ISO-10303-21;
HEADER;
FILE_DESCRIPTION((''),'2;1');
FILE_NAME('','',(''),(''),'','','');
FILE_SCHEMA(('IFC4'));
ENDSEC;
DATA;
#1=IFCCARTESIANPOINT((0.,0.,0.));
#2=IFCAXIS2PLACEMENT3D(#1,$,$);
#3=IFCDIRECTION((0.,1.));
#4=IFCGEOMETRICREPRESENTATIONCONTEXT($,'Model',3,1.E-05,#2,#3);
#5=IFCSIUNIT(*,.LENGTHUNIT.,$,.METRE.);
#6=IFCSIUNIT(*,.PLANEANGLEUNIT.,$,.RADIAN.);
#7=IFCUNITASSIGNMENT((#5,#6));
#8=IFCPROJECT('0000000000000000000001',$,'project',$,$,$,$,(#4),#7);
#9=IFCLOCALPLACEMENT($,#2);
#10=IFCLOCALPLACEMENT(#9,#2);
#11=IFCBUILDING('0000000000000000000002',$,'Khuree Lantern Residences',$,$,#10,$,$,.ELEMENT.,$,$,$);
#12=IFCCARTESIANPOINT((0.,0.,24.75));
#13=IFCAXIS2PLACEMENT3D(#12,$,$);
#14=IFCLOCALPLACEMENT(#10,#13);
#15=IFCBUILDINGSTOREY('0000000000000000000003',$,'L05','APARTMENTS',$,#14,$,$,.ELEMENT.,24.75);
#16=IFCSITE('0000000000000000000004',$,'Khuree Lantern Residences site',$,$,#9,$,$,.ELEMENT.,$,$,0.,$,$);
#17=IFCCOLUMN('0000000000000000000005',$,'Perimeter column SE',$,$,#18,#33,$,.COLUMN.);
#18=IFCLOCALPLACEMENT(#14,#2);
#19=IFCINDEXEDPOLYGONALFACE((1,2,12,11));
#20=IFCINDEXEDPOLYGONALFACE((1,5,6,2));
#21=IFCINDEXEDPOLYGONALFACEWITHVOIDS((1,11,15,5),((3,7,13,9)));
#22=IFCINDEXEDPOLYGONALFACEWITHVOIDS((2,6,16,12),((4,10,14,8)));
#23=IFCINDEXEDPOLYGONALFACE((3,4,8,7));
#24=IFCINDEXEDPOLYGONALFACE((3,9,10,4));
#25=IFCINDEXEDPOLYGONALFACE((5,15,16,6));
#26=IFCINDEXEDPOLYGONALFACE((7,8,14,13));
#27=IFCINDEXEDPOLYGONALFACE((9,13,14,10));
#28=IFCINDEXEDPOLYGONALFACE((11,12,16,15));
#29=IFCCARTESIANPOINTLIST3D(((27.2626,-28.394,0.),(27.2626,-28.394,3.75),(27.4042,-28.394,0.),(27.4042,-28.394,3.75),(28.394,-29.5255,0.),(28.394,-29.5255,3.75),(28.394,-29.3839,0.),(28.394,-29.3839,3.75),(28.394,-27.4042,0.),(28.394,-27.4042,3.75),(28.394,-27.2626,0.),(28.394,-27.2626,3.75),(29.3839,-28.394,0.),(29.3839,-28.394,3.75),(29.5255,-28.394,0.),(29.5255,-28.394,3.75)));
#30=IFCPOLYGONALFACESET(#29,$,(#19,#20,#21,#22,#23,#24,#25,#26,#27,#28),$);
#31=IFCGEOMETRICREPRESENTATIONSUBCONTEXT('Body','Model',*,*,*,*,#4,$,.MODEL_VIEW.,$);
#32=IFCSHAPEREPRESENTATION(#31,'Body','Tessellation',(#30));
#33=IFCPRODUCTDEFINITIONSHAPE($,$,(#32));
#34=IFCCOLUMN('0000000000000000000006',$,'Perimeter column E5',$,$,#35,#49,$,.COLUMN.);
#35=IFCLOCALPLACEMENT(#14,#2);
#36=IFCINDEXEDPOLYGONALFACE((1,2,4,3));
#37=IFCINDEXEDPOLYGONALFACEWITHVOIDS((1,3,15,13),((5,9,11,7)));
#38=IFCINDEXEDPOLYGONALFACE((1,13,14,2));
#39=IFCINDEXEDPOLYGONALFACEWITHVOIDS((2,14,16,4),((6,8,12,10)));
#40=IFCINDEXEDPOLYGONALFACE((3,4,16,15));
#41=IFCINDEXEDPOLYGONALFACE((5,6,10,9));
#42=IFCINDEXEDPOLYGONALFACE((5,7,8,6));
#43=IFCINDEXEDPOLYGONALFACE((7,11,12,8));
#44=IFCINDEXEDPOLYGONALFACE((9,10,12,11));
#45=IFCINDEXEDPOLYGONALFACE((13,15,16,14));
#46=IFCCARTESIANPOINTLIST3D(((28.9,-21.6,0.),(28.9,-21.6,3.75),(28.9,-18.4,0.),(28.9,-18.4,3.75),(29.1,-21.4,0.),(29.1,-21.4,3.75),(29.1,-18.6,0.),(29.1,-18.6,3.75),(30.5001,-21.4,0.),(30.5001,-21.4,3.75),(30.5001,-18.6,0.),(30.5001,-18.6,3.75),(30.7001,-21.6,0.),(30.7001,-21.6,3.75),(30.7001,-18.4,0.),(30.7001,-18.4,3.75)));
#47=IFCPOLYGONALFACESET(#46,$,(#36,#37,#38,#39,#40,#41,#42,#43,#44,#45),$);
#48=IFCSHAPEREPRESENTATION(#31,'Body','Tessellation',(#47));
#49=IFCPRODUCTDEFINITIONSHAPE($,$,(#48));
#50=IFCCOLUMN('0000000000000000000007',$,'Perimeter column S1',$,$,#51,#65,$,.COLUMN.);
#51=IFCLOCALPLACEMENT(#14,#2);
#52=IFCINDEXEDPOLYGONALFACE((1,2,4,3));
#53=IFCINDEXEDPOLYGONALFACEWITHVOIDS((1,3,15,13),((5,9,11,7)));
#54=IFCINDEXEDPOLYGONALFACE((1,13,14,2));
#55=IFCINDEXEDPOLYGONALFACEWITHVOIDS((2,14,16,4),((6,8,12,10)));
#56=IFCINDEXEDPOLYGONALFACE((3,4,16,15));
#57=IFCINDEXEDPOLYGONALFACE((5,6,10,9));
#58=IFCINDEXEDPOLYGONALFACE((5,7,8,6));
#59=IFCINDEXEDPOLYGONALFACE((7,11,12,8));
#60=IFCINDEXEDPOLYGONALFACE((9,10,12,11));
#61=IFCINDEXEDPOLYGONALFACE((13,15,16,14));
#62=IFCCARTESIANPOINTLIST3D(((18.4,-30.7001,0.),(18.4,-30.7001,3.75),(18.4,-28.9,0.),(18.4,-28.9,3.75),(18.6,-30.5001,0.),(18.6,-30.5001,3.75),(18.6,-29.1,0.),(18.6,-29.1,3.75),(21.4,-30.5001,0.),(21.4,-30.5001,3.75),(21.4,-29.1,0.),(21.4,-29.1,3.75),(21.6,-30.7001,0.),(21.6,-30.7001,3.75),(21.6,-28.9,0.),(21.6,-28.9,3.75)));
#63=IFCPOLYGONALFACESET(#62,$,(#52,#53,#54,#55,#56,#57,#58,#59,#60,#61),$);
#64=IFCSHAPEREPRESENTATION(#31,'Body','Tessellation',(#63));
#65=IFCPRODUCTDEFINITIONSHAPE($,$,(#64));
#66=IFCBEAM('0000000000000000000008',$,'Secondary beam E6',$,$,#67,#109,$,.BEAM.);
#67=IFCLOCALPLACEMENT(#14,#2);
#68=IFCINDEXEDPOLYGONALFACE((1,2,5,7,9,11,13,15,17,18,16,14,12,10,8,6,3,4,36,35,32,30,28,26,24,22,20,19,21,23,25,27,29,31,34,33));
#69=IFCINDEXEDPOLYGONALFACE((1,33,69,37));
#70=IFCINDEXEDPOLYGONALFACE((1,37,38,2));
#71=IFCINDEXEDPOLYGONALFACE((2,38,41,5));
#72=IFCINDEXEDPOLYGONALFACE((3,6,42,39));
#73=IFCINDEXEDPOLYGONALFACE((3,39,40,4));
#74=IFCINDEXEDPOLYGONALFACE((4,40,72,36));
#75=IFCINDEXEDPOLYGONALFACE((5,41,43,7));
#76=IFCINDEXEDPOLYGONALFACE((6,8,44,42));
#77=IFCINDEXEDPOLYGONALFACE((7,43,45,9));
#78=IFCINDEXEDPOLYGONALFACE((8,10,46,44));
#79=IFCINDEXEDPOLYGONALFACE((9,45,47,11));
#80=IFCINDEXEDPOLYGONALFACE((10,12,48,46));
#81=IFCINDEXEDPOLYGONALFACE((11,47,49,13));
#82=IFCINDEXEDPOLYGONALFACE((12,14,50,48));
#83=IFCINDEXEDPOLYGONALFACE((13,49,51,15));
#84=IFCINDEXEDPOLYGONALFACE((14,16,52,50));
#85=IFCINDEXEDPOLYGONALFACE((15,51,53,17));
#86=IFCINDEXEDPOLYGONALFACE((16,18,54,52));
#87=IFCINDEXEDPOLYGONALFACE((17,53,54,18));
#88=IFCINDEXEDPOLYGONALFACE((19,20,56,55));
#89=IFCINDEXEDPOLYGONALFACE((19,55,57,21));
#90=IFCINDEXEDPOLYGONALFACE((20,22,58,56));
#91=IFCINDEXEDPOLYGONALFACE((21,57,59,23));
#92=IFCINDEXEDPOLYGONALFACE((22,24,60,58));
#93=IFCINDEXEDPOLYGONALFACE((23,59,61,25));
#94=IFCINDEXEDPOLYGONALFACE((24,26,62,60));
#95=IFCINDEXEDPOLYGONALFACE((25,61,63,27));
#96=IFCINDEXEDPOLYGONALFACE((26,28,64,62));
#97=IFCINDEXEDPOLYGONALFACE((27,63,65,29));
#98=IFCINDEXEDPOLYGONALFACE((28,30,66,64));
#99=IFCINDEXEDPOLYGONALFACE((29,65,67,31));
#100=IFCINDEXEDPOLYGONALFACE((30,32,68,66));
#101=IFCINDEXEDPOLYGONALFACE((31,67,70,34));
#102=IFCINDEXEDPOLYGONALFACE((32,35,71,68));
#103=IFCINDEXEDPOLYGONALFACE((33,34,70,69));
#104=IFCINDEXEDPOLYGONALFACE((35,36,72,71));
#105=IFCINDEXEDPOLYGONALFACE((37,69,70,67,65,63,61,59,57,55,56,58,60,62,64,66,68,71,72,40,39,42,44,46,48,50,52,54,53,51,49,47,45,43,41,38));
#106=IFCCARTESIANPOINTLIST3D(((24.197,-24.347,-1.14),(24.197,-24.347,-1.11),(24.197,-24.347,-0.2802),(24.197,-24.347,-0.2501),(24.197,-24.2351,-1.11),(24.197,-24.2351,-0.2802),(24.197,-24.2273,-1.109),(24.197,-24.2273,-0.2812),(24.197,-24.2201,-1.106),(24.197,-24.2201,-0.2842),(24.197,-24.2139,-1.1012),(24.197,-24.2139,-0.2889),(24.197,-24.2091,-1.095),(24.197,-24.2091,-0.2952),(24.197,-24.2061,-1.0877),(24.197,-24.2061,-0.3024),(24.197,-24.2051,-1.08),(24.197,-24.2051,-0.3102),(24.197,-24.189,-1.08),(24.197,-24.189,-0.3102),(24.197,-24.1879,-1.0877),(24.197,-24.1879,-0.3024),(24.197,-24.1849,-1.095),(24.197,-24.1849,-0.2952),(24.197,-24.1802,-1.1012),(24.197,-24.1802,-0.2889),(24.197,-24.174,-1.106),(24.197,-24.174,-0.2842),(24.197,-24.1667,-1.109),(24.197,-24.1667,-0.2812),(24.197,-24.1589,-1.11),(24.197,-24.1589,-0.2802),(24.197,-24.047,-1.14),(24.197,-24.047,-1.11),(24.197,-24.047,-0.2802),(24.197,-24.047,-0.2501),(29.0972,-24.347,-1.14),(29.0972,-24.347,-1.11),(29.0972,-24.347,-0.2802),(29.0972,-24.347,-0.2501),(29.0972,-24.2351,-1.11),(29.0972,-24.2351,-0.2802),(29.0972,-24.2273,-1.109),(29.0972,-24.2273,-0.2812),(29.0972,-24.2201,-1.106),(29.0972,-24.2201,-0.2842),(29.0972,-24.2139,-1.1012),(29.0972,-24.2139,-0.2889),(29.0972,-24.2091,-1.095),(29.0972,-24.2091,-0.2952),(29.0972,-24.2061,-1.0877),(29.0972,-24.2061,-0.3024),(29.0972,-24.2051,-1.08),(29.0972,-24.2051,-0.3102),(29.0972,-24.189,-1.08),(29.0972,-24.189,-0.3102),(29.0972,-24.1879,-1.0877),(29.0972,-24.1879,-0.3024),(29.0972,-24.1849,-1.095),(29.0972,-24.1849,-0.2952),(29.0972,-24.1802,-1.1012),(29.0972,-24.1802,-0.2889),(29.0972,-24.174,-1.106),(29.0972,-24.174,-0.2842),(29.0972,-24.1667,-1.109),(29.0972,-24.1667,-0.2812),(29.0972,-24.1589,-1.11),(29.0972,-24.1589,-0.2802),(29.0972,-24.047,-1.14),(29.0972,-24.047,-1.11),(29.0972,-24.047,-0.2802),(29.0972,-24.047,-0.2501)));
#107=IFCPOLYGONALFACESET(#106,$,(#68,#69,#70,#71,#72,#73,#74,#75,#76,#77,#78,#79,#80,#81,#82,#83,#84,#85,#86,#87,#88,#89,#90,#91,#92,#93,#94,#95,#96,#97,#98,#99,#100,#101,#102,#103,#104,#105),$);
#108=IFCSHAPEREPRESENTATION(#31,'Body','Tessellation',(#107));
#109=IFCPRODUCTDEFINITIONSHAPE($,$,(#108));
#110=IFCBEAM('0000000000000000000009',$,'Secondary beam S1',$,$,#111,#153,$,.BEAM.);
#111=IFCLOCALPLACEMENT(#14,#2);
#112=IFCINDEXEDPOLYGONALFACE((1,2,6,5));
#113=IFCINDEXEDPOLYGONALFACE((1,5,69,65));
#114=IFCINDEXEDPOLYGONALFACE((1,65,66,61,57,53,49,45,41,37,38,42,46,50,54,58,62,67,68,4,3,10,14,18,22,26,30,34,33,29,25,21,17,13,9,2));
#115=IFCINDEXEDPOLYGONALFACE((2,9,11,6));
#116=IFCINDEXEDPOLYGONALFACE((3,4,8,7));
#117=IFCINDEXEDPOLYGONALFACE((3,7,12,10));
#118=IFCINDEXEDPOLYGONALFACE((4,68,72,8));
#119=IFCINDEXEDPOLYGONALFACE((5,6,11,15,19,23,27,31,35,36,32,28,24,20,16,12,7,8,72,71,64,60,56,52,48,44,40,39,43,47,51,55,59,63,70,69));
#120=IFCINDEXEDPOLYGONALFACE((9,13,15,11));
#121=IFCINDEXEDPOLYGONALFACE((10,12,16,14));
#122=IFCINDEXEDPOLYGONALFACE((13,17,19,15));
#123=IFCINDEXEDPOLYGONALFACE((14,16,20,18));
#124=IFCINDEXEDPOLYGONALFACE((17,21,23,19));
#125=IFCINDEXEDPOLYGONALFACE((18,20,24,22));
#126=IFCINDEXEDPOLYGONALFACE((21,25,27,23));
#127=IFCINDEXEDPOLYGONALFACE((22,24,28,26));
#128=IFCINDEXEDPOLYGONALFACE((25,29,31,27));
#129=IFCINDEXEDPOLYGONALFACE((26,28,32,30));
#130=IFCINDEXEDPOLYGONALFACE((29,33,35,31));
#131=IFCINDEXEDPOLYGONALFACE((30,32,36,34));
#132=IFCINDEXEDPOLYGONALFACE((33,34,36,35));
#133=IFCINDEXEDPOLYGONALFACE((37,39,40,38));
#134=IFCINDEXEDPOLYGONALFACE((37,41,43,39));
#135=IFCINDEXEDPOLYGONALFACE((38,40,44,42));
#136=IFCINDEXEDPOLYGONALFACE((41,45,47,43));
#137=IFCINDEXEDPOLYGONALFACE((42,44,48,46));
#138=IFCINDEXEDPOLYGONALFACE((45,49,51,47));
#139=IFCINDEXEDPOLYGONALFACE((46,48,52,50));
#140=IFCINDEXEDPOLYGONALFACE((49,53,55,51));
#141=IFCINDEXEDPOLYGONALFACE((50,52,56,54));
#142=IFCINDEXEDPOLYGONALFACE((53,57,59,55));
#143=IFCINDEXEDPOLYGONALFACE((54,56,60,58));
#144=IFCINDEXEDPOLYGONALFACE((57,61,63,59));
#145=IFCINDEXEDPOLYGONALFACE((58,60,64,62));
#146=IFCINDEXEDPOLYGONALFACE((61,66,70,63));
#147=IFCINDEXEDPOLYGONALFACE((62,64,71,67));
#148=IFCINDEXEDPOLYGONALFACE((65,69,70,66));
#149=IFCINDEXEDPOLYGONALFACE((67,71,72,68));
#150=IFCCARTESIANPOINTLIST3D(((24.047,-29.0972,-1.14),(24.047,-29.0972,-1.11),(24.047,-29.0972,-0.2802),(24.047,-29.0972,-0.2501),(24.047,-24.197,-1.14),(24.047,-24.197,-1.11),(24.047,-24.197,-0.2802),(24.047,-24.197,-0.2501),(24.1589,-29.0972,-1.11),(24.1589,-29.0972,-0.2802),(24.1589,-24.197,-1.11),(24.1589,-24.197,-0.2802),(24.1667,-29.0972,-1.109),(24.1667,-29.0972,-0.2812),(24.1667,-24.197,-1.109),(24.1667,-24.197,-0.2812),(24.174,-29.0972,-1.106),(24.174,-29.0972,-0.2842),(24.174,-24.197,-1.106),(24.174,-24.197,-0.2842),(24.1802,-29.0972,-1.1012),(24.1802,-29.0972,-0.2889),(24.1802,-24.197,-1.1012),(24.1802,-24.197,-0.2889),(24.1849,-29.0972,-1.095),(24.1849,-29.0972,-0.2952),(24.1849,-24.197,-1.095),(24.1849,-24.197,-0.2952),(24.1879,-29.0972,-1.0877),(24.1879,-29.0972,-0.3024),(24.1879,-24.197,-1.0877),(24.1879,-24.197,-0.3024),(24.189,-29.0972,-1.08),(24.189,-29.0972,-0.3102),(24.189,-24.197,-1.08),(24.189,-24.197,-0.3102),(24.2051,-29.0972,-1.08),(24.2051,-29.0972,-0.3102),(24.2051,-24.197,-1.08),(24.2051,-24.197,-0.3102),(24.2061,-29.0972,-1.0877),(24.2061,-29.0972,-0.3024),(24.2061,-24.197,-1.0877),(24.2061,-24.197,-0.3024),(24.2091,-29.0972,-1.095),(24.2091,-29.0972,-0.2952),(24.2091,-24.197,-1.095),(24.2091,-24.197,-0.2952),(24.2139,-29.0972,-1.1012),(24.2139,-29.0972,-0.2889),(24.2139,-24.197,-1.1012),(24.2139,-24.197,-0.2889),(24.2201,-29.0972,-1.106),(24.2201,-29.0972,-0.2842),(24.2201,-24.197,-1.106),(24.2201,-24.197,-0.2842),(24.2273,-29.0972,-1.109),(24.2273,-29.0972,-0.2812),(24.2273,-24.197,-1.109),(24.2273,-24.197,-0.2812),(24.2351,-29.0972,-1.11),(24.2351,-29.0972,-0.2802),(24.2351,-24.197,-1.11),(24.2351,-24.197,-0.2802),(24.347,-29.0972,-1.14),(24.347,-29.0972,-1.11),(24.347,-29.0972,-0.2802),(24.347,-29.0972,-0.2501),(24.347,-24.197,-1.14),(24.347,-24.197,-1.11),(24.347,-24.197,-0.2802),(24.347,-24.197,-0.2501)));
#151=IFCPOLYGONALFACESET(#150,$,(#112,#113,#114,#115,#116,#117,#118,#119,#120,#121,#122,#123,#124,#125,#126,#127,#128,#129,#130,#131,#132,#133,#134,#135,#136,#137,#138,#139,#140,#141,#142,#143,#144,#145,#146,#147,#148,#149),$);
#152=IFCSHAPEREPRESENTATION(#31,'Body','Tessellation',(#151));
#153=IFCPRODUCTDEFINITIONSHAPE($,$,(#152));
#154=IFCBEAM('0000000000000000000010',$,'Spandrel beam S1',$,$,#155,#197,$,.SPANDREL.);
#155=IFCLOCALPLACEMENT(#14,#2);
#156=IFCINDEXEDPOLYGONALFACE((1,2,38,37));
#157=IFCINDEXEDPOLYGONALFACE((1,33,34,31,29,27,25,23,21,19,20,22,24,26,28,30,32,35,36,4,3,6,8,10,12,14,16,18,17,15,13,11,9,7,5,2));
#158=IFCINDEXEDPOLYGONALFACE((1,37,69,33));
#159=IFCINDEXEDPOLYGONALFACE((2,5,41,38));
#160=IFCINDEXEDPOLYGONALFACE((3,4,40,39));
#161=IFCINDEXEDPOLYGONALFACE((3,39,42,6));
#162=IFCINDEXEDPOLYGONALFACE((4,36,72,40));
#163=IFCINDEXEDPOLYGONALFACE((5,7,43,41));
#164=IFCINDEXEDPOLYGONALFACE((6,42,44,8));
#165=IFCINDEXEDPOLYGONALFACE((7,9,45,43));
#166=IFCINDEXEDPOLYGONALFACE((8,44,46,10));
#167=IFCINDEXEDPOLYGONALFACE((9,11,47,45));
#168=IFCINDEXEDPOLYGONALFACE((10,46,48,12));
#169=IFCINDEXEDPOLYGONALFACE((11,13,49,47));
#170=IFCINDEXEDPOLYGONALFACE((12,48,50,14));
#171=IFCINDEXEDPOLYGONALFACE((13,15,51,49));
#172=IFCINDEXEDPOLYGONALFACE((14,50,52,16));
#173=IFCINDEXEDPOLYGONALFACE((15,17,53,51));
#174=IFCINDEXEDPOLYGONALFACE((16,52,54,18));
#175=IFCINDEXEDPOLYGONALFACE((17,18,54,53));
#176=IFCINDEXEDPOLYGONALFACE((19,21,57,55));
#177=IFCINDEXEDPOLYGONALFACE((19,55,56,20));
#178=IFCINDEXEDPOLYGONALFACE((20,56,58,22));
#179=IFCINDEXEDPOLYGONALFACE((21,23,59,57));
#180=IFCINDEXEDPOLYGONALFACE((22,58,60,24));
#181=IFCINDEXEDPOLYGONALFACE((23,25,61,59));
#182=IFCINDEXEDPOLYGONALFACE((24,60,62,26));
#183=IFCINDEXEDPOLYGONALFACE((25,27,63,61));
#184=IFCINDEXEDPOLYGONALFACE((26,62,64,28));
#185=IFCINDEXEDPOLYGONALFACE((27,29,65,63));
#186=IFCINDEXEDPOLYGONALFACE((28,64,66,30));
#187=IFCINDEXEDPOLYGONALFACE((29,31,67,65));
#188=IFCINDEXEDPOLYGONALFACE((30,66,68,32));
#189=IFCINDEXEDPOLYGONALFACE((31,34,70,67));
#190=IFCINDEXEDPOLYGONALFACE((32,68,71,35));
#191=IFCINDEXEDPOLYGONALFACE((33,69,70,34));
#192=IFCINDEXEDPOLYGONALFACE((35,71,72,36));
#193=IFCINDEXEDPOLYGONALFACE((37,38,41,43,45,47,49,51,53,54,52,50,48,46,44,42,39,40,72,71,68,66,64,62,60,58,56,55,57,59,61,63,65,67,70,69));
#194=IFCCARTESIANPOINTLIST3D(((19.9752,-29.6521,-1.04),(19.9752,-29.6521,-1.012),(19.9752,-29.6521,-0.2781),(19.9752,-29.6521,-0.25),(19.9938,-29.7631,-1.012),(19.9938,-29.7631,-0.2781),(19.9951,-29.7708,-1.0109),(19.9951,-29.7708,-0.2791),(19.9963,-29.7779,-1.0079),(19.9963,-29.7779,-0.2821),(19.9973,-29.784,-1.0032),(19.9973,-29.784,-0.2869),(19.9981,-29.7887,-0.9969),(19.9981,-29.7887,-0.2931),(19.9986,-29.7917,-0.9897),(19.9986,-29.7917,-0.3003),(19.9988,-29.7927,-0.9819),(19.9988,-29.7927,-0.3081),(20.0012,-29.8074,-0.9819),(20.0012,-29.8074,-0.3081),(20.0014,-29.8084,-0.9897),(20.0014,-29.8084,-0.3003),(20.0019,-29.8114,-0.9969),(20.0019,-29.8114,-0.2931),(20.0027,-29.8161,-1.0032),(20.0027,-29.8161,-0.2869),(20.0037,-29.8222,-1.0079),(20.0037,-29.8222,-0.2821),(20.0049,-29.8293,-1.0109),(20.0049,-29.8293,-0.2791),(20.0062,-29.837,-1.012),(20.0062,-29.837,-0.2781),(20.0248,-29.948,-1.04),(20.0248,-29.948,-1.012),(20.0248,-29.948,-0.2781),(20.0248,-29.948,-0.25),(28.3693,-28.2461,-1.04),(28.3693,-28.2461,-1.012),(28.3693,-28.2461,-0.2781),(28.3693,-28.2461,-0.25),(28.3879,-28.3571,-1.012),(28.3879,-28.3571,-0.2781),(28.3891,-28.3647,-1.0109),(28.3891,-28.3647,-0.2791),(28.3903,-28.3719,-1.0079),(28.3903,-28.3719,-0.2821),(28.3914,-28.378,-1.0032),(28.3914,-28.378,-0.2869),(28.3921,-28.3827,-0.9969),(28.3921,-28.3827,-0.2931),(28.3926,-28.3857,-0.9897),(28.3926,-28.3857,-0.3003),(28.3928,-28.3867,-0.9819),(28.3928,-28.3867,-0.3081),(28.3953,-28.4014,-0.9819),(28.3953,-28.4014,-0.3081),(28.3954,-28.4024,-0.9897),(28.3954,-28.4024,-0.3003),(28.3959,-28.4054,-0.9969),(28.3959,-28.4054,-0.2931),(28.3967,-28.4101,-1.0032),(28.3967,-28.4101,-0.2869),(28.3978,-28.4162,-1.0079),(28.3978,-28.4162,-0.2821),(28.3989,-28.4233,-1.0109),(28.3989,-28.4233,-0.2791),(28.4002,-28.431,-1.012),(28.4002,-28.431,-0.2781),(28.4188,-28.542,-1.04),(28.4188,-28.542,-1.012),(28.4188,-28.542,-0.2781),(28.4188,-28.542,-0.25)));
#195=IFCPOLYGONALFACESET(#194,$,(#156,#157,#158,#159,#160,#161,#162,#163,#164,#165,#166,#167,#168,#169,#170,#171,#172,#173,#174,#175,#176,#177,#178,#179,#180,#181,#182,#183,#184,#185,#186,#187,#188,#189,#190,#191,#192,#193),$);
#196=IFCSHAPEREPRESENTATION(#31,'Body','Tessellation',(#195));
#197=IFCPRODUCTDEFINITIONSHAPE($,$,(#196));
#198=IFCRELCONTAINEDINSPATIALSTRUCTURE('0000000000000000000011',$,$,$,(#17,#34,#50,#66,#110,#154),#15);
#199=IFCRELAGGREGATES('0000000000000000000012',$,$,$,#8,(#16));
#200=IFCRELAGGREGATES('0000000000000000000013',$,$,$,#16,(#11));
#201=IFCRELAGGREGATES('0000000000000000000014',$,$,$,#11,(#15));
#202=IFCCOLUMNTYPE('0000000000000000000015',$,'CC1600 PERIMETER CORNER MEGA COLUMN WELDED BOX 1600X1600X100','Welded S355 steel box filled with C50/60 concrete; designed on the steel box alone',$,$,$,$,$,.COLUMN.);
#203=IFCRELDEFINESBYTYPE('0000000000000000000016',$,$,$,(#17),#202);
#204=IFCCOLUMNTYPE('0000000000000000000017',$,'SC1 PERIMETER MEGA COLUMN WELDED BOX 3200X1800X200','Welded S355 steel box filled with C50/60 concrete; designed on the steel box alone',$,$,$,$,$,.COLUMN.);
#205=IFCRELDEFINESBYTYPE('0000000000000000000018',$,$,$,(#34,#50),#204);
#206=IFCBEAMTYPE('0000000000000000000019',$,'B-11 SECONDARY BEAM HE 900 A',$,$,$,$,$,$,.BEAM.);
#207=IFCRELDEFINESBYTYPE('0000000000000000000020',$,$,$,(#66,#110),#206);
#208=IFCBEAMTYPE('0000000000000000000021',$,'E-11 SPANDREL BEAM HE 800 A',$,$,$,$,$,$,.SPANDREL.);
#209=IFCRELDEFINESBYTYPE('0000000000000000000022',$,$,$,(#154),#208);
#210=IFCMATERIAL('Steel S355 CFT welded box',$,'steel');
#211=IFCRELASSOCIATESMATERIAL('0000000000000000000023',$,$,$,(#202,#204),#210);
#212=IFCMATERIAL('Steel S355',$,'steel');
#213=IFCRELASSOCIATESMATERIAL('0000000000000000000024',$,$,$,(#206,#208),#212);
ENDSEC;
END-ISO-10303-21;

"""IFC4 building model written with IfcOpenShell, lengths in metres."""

from ifc_helpers import new_model, si_unit, direction, frame, origin, origin_2d, place, context, subcontext, project, spatial, hollow_rectangle, i_section, extrude, material, material_profile, profile_set, type_object, element, save


model = new_model("IFC4")

# Units and contexts
model_context = context("Model", 3, precision=1e-05, world=origin(), true_north=direction((0.0, 1.0)))
body_context = subcontext(model_context, "Body", "Model", "MODEL_VIEW")
ifc_project = project(units=[si_unit("LENGTHUNIT", "METRE"), si_unit("PLANEANGLEUNIT", "RADIAN")], contexts=[model_context])

# Site, building, storey
site_placement = place(None, origin())
site = spatial("IfcSite", under=ifc_project, at=site_placement, Name="Khuree Lantern Residences site", CompositionType="ELEMENT", RefElevation=0.0)
building_placement = place(site_placement, origin())
building = spatial("IfcBuilding", under=site, at=building_placement, Name="Khuree Lantern Residences", CompositionType="ELEMENT")
storey_placement = place(building_placement, frame((0.0, 0.0, 24.75)))
storey = spatial("IfcBuildingStorey", under=building, at=storey_placement, Name="L05", Description="APARTMENTS", CompositionType="ELEMENT", Elevation=24.75)

# Columns
ifc_material_1 = material(Name="Steel S355 CFT welded box", Category="steel")
ifc_material_profile_1 = material_profile(ifc_material_1, hollow_rectangle(XDim=1.6001, YDim=1.6001, WallThickness=0.1001, at=origin_2d()), Name="WELDED BOX 1600X1600X100")
ifc_profile_set_1 = profile_set([ifc_material_profile_1], Name="Steel S355 CFT welded box")
column_type_1 = type_object("IfcColumnType", Name="CC1600 PERIMETER CORNER MEGA COLUMN WELDED BOX 1600X1600X100", Description="Welded S355 steel box filled with C50/60 concrete; designed on the steel box alone", PredefinedType="COLUMN", material=ifc_profile_set_1)
column_placement = place(storey_placement, frame((28.394, -28.394, 0.0), z_axis=(0.0, 0.0, 1.0), x_axis=(0.707107, 0.707107, 0.0)))
element("IfcColumn", 1, at=column_placement, inside=storey, type_object=column_type_1, Name="Perimeter column SE", PredefinedType="COLUMN", context=body_context, shape_type="SweptSolid", body=[
    extrude(hollow_rectangle(XDim=1.6001, YDim=1.6001, WallThickness=0.1001, at=origin_2d()), origin(), (0.0, 0.0, 1.0), 3.75),
])
ifc_material_profile_2 = material_profile(ifc_material_1, hollow_rectangle(XDim=3.2, YDim=1.8, WallThickness=0.2, at=origin_2d()), Name="WELDED BOX 3200X1800X200")
ifc_profile_set_2 = profile_set([ifc_material_profile_2], Name="Steel S355 CFT welded box")
column_type_2 = type_object("IfcColumnType", Name="SC1 PERIMETER MEGA COLUMN WELDED BOX 3200X1800X200", Description="Welded S355 steel box filled with C50/60 concrete; designed on the steel box alone", PredefinedType="COLUMN", material=ifc_profile_set_2)
for number, where, z_axis, x_axis, name in (
    (2, (29.8, -20.0, 0.0), (0.0, 0.0, 1.0), (0.0, 1.0, 0.0), "Perimeter column E5"),
    (3, (20.0, -29.8, 0.0), (0.0, 0.0, 1.0), (1.0, 0.0, 0.0), "Perimeter column S1"),
):
    element("IfcColumn", number, at=place(storey_placement, frame(where, z_axis=z_axis, x_axis=x_axis)), inside=storey, type_object=column_type_2, Name=name, PredefinedType="COLUMN", context=body_context, shape_type="SweptSolid", body=[
        extrude(hollow_rectangle(XDim=3.2, YDim=1.8, WallThickness=0.2, at=origin_2d()), origin(), (0.0, 0.0, 1.0), 3.75),
    ])

# Beams
ifc_material_2 = material(Name="Steel S355", Category="steel")
ifc_material_profile_3 = material_profile(ifc_material_2, i_section(OverallWidth=0.3, OverallDepth=0.8899, WebThickness=0.0161, FlangeThickness=0.03, FilletRadius=0.03, at=origin_2d()), Name="HE 900 A")
ifc_profile_set_3 = profile_set([ifc_material_profile_3], Name="Steel S355")
beam_type_1 = type_object("IfcBeamType", Name="B-11 SECONDARY BEAM HE 900 A", PredefinedType="BEAM", material=ifc_profile_set_3)
for number, where, z_axis, x_axis, name in (
    (4, (29.0972, -24.197, -0.6951), (-1.0, 0.0, 0.0), (0.0, -1.0, 0.0), "Secondary beam E6"),
    (5, (24.197, -29.0972, -0.6951), (0.0, 1.0, 0.0), (-1.0, 0.0, 0.0), "Secondary beam S1"),
):
    element("IfcBeam", number, at=place(storey_placement, frame(where, z_axis=z_axis, x_axis=x_axis)), inside=storey, type_object=beam_type_1, Name=name, PredefinedType="BEAM", context=body_context, shape_type="SweptSolid", body=[
        extrude(i_section(OverallWidth=0.3, OverallDepth=0.8899, WebThickness=0.0161, FlangeThickness=0.03, FilletRadius=0.03, at=origin_2d()), origin(), (0.0, 0.0, 1.0), 4.9001),
    ])
ifc_material_profile_4 = material_profile(ifc_material_2, i_section(OverallWidth=0.3, OverallDepth=0.79, WebThickness=0.0149, FlangeThickness=0.0281, FilletRadius=0.03, at=origin_2d()), Name="HE 800 A")
ifc_profile_set_4 = profile_set([ifc_material_profile_4], Name="Steel S355")
beam_type_2 = type_object("IfcBeamType", Name="E-11 SPANDREL BEAM HE 800 A", PredefinedType="SPANDREL", material=ifc_profile_set_4)
beam_1_placement = place(storey_placement, frame((28.394, -28.394, -0.645), z_axis=(-0.98626, -0.165199, 0.0), x_axis=(0.165199, -0.98626, 0.0)))
element("IfcBeam", 6, at=beam_1_placement, inside=storey, type_object=beam_type_2, Name="Spandrel beam S1", PredefinedType="SPANDREL", context=body_context, shape_type="SweptSolid", body=[
    extrude(i_section(OverallWidth=0.3, OverallDepth=0.79, WebThickness=0.0149, FlangeThickness=0.0281, FilletRadius=0.03, at=origin_2d()), origin(), (0.0, 0.0, 1.0), 8.511),
])

save(model, "model.ifc")
